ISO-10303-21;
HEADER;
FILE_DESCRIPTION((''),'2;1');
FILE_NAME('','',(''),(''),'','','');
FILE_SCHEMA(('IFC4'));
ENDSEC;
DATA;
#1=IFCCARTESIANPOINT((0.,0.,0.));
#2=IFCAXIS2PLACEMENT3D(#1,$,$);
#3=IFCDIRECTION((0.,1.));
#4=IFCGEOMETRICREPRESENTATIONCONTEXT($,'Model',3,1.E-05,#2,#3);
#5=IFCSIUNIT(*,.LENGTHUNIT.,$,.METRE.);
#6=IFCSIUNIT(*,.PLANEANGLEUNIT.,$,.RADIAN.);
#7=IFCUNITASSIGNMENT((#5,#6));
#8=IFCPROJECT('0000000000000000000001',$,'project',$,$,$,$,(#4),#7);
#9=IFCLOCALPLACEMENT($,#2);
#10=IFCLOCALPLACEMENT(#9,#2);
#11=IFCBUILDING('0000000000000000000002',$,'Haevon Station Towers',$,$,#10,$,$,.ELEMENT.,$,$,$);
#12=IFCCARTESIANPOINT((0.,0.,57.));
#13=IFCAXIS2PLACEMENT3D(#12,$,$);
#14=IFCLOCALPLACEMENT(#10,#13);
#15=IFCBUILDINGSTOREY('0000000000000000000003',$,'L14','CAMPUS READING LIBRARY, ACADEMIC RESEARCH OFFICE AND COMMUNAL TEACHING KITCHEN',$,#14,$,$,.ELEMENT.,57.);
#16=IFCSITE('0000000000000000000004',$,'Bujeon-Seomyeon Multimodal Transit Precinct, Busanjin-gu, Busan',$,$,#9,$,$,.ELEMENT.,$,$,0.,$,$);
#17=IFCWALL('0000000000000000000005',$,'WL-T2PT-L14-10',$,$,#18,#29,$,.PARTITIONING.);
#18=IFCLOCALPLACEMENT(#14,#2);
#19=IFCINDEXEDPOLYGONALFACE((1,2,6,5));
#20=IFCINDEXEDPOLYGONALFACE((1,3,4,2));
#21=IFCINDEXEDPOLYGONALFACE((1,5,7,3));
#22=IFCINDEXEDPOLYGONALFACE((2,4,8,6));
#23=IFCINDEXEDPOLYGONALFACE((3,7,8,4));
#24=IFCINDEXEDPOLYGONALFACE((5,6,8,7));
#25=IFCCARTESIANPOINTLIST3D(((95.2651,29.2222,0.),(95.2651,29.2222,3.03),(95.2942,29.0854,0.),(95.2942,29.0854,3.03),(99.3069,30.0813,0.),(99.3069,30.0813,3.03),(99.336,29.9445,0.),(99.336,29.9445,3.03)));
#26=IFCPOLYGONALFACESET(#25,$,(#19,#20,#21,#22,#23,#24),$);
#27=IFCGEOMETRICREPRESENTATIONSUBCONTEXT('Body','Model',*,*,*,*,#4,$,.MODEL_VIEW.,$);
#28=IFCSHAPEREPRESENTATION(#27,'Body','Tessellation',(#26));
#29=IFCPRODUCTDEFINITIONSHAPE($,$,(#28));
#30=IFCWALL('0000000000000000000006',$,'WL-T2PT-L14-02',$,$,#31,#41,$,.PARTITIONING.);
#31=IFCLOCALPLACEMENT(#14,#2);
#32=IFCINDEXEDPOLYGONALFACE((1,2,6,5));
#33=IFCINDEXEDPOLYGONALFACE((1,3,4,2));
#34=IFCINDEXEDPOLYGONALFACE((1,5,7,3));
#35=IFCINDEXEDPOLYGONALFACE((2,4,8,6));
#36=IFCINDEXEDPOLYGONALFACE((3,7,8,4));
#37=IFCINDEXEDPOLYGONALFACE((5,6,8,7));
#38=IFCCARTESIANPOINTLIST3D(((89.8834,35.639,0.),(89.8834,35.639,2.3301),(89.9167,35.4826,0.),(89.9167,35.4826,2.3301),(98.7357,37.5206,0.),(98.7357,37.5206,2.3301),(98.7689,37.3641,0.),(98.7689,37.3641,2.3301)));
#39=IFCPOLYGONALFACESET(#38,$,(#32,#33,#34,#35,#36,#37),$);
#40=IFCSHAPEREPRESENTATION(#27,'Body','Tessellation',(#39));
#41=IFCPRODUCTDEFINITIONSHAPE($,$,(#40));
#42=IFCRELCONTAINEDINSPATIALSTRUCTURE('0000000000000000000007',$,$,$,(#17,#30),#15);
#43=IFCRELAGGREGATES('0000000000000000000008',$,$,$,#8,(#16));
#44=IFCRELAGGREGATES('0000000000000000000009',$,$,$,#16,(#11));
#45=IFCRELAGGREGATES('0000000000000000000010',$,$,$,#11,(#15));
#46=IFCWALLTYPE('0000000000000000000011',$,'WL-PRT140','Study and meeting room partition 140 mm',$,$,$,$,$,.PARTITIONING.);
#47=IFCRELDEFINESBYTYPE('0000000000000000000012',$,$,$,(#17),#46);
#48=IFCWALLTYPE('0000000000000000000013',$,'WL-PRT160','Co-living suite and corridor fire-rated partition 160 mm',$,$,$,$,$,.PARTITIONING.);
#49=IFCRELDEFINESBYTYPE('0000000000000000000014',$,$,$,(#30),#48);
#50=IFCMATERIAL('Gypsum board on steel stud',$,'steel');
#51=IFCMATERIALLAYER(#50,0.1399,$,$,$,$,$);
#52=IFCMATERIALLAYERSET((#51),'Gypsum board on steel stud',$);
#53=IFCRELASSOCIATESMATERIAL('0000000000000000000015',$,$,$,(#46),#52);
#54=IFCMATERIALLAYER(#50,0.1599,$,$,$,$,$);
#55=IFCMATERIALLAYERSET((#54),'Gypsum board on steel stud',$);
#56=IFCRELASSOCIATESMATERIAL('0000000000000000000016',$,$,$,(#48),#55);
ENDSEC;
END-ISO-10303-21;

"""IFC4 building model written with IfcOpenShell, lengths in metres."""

from ifc_helpers import new_model, si_unit, direction, frame, frame_2d, origin, place, context, subcontext, project, spatial, rectangle, extrude, material, layer, layer_set, type_object, element, save


model = new_model("IFC4")

# Units and contexts
model_context = context("Model", 3, precision=1e-05, world=origin(), true_north=direction((0.0, 1.0)))
body_context = subcontext(model_context, "Body", "Model", "MODEL_VIEW")
ifc_project = project(units=[si_unit("LENGTHUNIT", "METRE"), si_unit("PLANEANGLEUNIT", "RADIAN")], contexts=[model_context])

# Site, building, storey
site_placement = place(None, origin())
site = spatial("IfcSite", under=ifc_project, at=site_placement, Name="Bujeon-Seomyeon Multimodal Transit Precinct, Busanjin-gu, Busan", CompositionType="ELEMENT", RefElevation=0.0)
building_placement = place(site_placement, origin())
building = spatial("IfcBuilding", under=site, at=building_placement, Name="Haevon Station Towers", CompositionType="ELEMENT")
storey_placement = place(building_placement, frame((0.0, 0.0, 57.0)))
storey = spatial("IfcBuildingStorey", under=building, at=storey_placement, Name="L14", Description="CAMPUS READING LIBRARY, ACADEMIC RESEARCH OFFICE AND COMMUNAL TEACHING KITCHEN", CompositionType="ELEMENT", Elevation=57.0)

# Walls
ifc_material_1 = material(Name="Gypsum board on steel stud", Category="steel")
ifc_layer_1 = layer(ifc_material_1, 0.1399)
ifc_layer_set_1 = layer_set([ifc_layer_1], Name="Gypsum board on steel stud")
wall_type_1 = type_object("IfcWallType", Name="WL-PRT140", Description="Study and meeting room partition 140 mm", PredefinedType="PARTITIONING", material=ifc_layer_set_1)
wall_1_placement = place(storey_placement, frame((95.2798, 29.1538, 0.0), z_axis=(0.0, 0.0, 1.0), x_axis=(0.978146, 0.207919, 0.0)))
element("IfcWall", 1, at=wall_1_placement, inside=storey, type_object=wall_type_1, Name="WL-T2PT-L14-10", PredefinedType="PARTITIONING", context=body_context, shape_type="SweptSolid", body=[
    extrude(rectangle(XDim=4.1321, YDim=0.1399, at=frame_2d((2.0659, 0.0))), origin(), (0.0, 0.0, 1.0), 3.03),
])
ifc_layer_2 = layer(ifc_material_1, 0.1599)
ifc_layer_set_2 = layer_set([ifc_layer_2], Name="Gypsum board on steel stud")
wall_type_2 = type_object("IfcWallType", Name="WL-PRT160", Description="Co-living suite and corridor fire-rated partition 160 mm", PredefinedType="PARTITIONING", material=ifc_layer_set_2)
wall_2_placement = place(storey_placement, frame((89.9001, 35.5608, 0.0), z_axis=(0.0, 0.0, 1.0), x_axis=(0.978148, 0.207909, 0.0)))
element("IfcWall", 2, at=wall_2_placement, inside=storey, type_object=wall_type_2, Name="WL-T2PT-L14-02", PredefinedType="PARTITIONING", context=body_context, shape_type="SweptSolid", body=[
    extrude(rectangle(XDim=9.05, YDim=0.1599, at=frame_2d((4.5249, 0.0))), origin(), (0.0, 0.0, 1.0), 2.3301),
])

save(model, "model.ifc")
